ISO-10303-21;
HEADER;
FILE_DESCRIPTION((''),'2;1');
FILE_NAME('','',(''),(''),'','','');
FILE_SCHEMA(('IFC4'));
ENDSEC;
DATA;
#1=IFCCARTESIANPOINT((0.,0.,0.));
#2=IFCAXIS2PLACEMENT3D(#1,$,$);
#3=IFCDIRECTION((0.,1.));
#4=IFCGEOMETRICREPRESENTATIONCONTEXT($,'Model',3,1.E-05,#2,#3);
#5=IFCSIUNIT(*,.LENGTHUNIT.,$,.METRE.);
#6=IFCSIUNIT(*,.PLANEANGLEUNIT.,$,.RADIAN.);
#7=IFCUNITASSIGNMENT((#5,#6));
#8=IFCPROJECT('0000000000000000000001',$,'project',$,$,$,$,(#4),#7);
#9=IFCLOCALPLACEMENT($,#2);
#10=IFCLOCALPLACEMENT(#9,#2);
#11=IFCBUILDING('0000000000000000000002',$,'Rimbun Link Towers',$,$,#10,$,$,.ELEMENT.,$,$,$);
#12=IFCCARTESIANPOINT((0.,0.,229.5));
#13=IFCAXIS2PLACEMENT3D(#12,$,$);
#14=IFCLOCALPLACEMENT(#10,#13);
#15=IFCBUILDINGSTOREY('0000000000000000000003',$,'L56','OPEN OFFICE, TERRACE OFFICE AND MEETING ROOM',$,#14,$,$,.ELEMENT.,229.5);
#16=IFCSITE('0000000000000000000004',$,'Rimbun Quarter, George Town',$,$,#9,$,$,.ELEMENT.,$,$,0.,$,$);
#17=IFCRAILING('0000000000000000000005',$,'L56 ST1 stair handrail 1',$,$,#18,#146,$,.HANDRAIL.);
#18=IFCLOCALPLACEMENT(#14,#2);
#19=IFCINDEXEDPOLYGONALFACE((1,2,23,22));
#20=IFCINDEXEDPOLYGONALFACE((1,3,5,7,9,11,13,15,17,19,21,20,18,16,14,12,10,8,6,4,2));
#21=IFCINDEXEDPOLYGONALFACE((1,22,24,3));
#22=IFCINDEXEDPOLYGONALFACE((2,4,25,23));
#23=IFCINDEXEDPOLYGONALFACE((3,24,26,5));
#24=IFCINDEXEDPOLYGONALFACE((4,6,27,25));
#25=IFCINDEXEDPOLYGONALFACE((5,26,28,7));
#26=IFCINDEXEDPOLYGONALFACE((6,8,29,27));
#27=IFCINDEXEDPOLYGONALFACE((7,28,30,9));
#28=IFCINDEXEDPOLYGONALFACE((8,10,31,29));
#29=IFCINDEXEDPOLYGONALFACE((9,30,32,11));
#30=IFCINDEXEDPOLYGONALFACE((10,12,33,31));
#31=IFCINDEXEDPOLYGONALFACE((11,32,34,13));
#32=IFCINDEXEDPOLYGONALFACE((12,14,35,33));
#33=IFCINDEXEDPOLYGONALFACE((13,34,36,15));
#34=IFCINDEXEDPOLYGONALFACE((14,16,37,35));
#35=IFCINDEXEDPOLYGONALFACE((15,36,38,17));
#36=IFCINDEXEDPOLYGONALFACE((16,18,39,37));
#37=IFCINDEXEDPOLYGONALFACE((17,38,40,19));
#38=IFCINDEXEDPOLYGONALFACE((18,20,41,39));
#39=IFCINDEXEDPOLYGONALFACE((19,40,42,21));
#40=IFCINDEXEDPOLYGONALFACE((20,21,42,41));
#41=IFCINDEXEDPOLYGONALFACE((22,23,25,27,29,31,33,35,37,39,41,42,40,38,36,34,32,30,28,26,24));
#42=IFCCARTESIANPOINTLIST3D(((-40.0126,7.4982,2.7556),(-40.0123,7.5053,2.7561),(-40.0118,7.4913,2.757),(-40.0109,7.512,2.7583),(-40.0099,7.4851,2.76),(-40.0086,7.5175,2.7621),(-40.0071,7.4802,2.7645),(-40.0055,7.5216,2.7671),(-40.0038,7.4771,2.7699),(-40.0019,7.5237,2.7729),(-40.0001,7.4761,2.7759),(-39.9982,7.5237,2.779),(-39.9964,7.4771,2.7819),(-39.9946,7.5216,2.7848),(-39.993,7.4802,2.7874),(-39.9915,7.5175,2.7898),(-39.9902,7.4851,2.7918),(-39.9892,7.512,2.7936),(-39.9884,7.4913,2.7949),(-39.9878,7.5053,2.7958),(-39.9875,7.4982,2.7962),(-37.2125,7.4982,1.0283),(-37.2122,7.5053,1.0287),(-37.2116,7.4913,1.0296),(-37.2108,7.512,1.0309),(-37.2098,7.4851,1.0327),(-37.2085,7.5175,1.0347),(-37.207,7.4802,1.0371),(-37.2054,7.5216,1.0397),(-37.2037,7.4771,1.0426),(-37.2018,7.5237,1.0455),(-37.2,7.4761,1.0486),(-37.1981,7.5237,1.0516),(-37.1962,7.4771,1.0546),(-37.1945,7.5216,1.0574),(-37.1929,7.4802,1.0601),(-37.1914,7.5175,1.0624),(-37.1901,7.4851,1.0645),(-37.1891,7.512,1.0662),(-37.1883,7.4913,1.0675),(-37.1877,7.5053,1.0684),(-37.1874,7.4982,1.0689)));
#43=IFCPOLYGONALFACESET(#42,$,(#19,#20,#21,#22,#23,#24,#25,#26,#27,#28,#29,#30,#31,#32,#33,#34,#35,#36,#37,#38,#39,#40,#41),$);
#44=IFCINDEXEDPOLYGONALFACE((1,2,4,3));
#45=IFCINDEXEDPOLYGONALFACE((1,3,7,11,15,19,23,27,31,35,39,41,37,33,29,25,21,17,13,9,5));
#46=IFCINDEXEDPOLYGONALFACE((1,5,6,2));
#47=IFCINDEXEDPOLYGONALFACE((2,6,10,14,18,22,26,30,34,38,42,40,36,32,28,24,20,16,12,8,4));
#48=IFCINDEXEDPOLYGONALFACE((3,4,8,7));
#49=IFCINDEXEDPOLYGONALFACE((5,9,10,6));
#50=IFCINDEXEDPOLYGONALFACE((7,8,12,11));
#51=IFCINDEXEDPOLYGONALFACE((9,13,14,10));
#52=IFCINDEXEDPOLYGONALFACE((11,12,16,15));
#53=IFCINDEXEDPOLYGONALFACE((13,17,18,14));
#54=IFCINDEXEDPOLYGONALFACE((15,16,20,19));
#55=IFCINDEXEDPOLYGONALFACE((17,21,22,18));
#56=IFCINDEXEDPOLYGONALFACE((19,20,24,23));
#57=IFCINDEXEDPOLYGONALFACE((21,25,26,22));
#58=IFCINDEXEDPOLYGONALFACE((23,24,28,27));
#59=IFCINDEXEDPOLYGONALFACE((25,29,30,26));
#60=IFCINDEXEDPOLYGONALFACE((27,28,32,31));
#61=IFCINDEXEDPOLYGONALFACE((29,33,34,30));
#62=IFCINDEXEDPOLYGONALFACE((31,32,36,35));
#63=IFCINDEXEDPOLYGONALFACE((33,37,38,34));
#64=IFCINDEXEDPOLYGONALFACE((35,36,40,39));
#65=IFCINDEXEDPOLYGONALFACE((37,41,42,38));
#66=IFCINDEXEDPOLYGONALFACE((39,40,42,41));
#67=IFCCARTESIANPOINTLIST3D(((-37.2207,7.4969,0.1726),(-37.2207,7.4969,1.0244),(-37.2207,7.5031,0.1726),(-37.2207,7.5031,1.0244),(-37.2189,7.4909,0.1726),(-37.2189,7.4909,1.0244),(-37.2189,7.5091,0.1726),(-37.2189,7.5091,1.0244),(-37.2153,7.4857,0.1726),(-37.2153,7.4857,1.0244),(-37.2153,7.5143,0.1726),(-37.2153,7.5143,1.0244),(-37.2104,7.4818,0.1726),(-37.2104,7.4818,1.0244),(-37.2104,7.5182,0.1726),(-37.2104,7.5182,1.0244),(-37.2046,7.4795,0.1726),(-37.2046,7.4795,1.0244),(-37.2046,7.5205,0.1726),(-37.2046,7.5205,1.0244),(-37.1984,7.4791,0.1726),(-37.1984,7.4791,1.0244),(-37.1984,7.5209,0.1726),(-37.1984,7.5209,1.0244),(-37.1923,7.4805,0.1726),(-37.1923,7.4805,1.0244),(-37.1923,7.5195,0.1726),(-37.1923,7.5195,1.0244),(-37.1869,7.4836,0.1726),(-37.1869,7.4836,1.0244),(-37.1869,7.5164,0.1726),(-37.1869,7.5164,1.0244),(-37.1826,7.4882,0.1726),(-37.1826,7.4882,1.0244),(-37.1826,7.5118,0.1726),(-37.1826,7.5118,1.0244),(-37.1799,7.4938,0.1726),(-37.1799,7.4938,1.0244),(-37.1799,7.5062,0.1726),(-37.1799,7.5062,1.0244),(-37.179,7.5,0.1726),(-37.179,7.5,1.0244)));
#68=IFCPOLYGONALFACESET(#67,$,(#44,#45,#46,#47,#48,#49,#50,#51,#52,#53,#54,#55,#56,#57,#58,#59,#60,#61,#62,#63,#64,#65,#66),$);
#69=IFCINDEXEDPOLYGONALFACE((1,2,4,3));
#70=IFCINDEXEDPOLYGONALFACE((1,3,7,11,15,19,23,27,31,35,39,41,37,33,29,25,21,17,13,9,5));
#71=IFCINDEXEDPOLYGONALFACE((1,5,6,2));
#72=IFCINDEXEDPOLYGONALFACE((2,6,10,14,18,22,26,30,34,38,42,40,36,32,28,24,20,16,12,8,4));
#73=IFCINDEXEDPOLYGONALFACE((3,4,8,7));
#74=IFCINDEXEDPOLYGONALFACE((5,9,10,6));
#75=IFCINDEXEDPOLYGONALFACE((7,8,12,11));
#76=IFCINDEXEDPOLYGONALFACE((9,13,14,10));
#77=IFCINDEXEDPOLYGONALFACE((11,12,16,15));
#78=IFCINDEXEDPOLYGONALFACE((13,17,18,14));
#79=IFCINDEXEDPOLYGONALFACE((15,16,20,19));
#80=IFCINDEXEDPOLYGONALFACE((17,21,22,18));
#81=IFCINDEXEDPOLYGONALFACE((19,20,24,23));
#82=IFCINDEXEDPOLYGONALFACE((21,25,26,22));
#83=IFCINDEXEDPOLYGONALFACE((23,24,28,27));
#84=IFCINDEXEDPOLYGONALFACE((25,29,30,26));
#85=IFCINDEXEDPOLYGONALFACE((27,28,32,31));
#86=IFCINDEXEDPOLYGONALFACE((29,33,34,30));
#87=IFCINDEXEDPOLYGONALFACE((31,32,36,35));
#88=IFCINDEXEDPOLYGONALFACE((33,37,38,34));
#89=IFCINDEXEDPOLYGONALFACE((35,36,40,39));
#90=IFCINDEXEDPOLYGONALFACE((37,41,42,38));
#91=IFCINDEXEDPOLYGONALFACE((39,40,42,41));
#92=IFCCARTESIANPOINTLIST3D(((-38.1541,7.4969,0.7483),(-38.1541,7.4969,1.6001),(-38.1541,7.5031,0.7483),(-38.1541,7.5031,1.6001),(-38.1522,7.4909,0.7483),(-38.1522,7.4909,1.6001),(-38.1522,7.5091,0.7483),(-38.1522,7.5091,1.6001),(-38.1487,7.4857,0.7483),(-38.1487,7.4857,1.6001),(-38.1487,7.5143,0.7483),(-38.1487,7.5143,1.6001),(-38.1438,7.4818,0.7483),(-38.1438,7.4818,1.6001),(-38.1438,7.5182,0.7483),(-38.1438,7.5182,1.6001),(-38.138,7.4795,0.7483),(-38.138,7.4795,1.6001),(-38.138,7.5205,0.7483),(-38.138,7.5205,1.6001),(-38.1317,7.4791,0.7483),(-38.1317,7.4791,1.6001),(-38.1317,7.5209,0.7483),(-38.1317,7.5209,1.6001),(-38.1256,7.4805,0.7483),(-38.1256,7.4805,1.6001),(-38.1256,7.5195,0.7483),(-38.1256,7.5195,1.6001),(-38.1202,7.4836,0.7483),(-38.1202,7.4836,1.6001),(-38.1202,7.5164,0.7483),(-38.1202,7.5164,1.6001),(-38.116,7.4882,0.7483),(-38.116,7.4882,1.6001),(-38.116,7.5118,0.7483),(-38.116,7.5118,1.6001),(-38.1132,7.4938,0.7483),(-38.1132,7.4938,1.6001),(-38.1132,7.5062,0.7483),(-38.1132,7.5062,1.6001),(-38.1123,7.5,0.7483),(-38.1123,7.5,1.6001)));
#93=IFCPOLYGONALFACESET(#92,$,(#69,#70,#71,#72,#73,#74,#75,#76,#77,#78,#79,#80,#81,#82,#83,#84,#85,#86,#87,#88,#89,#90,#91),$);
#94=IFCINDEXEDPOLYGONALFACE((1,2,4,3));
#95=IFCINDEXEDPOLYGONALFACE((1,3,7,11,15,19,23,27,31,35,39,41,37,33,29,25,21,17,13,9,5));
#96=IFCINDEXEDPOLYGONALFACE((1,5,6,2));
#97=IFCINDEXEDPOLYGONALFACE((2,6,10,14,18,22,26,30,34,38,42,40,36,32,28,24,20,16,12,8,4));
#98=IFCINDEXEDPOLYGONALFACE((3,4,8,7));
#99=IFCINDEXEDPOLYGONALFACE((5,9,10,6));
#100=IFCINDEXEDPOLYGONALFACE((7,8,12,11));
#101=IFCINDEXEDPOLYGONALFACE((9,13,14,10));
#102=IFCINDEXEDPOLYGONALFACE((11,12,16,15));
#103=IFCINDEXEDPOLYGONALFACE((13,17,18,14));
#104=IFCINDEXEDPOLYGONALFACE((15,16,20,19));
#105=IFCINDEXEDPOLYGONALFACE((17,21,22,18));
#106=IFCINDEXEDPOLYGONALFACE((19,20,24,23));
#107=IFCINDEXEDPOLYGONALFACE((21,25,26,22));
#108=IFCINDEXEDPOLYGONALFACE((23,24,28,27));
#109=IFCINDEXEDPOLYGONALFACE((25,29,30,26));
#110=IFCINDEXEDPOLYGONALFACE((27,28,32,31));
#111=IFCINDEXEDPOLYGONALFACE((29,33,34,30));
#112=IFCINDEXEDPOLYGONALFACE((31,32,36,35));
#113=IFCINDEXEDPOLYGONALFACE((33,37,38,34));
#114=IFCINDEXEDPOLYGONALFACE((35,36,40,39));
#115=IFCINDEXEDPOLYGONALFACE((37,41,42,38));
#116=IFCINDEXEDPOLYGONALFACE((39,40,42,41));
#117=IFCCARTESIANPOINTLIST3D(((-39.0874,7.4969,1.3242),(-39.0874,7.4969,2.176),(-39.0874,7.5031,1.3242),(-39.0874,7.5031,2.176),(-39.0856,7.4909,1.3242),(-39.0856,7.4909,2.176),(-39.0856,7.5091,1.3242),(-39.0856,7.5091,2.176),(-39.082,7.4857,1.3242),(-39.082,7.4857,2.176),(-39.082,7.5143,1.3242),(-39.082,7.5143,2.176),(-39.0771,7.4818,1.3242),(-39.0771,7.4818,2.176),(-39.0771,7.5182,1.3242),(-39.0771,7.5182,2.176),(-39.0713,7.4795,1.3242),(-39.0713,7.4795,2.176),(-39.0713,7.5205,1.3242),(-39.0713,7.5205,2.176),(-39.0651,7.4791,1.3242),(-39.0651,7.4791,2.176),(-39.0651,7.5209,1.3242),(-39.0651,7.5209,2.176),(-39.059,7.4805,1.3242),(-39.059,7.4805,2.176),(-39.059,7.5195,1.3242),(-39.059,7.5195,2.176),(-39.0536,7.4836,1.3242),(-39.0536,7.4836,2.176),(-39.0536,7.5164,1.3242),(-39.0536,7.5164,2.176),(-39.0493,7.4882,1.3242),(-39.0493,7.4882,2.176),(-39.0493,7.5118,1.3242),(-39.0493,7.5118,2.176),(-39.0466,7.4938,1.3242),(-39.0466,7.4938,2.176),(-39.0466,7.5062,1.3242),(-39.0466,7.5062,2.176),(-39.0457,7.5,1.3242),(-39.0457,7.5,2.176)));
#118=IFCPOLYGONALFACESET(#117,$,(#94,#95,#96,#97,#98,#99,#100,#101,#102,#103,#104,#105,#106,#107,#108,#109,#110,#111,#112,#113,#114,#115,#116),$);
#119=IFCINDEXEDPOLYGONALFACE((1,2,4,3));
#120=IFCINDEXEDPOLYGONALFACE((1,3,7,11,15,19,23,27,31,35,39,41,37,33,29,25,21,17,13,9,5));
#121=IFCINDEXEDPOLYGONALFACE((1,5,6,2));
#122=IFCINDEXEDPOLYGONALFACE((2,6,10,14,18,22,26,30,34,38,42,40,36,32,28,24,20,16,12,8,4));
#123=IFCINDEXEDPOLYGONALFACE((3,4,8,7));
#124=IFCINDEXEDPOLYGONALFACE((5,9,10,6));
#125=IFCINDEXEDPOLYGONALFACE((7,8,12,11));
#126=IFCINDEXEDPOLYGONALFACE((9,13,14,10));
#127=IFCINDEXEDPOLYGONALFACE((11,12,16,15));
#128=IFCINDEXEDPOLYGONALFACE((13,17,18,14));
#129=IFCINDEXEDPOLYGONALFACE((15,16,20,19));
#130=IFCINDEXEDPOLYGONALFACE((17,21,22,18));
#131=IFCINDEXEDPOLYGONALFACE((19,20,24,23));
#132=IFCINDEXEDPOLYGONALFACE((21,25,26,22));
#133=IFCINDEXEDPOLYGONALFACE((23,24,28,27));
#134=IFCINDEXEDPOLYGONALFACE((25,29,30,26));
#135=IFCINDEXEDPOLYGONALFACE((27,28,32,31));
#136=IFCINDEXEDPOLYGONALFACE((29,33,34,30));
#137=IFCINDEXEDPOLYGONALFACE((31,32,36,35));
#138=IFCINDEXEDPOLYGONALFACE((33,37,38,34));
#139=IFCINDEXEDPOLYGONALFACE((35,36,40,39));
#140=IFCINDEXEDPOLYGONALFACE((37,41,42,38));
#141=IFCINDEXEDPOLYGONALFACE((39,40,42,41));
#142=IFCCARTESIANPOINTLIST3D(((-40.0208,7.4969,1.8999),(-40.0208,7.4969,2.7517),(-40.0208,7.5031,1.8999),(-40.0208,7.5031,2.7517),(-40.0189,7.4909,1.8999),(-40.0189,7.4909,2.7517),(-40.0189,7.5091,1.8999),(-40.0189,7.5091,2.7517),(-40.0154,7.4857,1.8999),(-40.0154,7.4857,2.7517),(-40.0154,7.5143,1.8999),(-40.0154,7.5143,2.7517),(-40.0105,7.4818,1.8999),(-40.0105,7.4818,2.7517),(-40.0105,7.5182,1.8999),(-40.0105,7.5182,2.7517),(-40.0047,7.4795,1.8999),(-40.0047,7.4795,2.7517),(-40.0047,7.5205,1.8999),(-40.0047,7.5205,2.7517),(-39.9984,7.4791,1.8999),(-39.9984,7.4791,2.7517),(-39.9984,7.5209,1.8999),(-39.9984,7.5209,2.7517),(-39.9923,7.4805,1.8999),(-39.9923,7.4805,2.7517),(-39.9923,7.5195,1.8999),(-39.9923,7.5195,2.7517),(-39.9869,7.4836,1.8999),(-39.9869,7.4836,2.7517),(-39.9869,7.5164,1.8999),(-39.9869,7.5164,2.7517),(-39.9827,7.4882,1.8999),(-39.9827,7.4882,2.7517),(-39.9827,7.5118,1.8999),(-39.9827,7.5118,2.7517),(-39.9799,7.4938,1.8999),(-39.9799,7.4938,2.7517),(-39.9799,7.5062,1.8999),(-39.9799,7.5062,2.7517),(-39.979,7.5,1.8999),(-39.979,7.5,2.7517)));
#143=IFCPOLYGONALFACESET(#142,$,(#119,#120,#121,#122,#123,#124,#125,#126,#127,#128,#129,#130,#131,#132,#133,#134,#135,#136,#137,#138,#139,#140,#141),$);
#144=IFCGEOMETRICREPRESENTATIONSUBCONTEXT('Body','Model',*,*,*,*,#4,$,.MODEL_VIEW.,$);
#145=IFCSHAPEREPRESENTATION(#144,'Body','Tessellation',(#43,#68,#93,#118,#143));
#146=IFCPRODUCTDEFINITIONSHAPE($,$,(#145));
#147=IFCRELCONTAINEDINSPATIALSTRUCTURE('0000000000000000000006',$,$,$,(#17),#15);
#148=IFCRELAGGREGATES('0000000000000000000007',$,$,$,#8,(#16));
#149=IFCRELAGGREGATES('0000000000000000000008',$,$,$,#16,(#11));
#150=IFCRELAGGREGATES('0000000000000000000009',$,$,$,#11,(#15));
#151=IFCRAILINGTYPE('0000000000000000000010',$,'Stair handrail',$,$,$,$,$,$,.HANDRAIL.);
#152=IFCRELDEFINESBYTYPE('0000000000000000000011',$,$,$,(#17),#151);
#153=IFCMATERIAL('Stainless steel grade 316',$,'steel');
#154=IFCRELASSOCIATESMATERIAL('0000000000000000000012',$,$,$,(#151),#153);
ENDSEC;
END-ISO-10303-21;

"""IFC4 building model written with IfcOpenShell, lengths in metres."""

from ifc_helpers import new_model, si_unit, direction, frame, origin, origin_2d, place, context, subcontext, project, spatial, circle, extrude, material, type_object, element, save


model = new_model("IFC4")

# Units and contexts
model_context = context("Model", 3, precision=1e-05, world=origin(), true_north=direction((0.0, 1.0)))
body_context = subcontext(model_context, "Body", "Model", "MODEL_VIEW")
ifc_project = project(units=[si_unit("LENGTHUNIT", "METRE"), si_unit("PLANEANGLEUNIT", "RADIAN")], contexts=[model_context])

# Site, building, storey
site_placement = place(None, origin())
site = spatial("IfcSite", under=ifc_project, at=site_placement, Name="Rimbun Quarter, George Town", CompositionType="ELEMENT", RefElevation=0.0)
building_placement = place(site_placement, origin())
building = spatial("IfcBuilding", under=site, at=building_placement, Name="Rimbun Link Towers", CompositionType="ELEMENT")
storey_placement = place(building_placement, frame((0.0, 0.0, 229.5)))
storey = spatial("IfcBuildingStorey", under=building, at=storey_placement, Name="L56", Description="OPEN OFFICE, TERRACE OFFICE AND MEETING ROOM", CompositionType="ELEMENT", Elevation=229.5)

# Railing
ifc_material_1 = material(Name="Stainless steel grade 316", Category="steel")
railing_type_1 = type_object("IfcRailingType", Name="Stair handrail", PredefinedType="HANDRAIL", material=ifc_material_1)
railing_1_placement = place(storey_placement, frame((-37.2, 7.5, 0.1726)))
element("IfcRailing", 1, at=railing_1_placement, inside=storey, type_object=railing_type_1, Name="L56 ST1 stair handrail 1", PredefinedType="HANDRAIL", context=body_context, shape_type="SweptSolid", body=[
    extrude(circle(Radius=0.0239, at=origin_2d()), frame((0.0, 0.0, 0.876), z_axis=(-0.85109, 0.0, 0.52502), x_axis=(0.0, -1.0, 0.0)), (0.0, 0.0, 1.0), 3.29),
    extrude(circle(Radius=0.021, at=origin_2d()), origin(), (0.0, 0.0, 1.0), 0.8518),
    extrude(circle(Radius=0.021, at=origin_2d()), frame((-0.9333, 0.0, 0.5757)), (0.0, 0.0, 1.0), 0.8518),
    extrude(circle(Radius=0.021, at=origin_2d()), frame((-1.8667, 0.0, 1.1516)), (0.0, 0.0, 1.0), 0.8518),
    extrude(circle(Radius=0.021, at=origin_2d()), frame((-2.8, 0.0, 1.7273)), (0.0, 0.0, 1.0), 0.8518),
])

save(model, "model.ifc")
